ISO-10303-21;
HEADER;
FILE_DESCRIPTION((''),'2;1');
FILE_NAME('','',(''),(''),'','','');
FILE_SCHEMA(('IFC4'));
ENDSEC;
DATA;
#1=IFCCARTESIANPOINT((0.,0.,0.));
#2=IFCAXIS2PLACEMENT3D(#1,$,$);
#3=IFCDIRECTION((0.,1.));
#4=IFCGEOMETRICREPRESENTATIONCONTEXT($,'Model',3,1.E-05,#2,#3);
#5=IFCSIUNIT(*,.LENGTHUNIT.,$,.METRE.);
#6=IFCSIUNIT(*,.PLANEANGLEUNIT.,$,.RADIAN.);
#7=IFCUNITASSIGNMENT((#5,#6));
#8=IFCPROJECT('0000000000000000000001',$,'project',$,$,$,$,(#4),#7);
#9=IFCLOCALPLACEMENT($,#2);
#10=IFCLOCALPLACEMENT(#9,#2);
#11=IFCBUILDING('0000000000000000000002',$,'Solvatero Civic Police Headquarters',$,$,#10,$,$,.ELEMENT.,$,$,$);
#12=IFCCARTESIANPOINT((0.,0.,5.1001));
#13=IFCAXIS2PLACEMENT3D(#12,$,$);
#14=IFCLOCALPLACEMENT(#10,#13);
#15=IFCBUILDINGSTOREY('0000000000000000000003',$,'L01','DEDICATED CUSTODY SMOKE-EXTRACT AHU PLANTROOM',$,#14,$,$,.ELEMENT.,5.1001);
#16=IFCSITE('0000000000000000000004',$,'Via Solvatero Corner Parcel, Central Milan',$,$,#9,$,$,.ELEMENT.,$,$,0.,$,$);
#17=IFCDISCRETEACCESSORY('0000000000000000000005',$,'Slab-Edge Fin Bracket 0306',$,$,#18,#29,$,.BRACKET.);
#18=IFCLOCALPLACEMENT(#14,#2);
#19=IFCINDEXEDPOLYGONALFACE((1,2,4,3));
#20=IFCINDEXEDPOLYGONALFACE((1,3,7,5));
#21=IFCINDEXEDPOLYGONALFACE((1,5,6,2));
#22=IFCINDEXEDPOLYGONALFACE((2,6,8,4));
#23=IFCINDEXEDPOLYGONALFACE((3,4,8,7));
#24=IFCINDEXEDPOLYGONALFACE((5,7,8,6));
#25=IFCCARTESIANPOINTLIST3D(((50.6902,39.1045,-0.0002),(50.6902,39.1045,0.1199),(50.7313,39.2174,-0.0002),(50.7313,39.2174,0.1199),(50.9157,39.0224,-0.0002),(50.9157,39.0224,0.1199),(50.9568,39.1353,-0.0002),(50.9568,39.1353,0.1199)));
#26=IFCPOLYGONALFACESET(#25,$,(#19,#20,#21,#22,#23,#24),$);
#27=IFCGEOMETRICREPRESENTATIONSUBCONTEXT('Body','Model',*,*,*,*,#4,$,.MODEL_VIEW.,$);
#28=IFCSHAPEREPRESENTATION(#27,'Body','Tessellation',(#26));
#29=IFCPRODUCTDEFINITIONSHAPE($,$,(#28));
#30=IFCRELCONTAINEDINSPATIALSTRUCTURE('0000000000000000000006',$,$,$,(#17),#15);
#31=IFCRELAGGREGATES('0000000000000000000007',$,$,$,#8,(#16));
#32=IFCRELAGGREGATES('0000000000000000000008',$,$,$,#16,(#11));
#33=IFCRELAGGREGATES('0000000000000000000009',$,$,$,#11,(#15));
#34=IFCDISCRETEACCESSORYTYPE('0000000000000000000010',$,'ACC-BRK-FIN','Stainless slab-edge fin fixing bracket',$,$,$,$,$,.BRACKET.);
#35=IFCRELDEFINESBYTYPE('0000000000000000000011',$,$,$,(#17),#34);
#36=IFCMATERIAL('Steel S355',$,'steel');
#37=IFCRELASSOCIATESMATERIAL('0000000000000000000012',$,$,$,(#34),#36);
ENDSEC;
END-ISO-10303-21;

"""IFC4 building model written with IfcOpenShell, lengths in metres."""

from ifc_helpers import new_model, si_unit, direction, frame, origin, origin_2d, place, context, subcontext, project, spatial, rectangle, extrude, material, type_object, element, save


model = new_model("IFC4")

# Units and contexts
model_context = context("Model", 3, precision=1e-05, world=origin(), true_north=direction((0.0, 1.0)))
body_context = subcontext(model_context, "Body", "Model", "MODEL_VIEW")
ifc_project = project(units=[si_unit("LENGTHUNIT", "METRE"), si_unit("PLANEANGLEUNIT", "RADIAN")], contexts=[model_context])

# Site, building, storey
site_placement = place(None, origin())
site = spatial("IfcSite", under=ifc_project, at=site_placement, Name="Via Solvatero Corner Parcel, Central Milan", CompositionType="ELEMENT", RefElevation=0.0)
building_placement = place(site_placement, origin())
building = spatial("IfcBuilding", under=site, at=building_placement, Name="Solvatero Civic Police Headquarters", CompositionType="ELEMENT")
storey_placement = place(building_placement, frame((0.0, 0.0, 5.1001)))
storey = spatial("IfcBuildingStorey", under=building, at=storey_placement, Name="L01", Description="DEDICATED CUSTODY SMOKE-EXTRACT AHU PLANTROOM", CompositionType="ELEMENT", Elevation=5.1001)

# Discrete accessory
ifc_material_1 = material(Name="Steel S355", Category="steel")
discrete_accessory_type = type_object("IfcDiscreteAccessoryType", Name="ACC-BRK-FIN", Description="Stainless slab-edge fin fixing bracket", PredefinedType="BRACKET", material=ifc_material_1)
for number, where, z_axis, x_axis, name in (
    (1, (50.8235, 39.1199, -0.0002), (0.0, 0.0, 1.0), (-0.34202, -0.939693, 0.0), "Slab-Edge Fin Bracket 0306"),
):
    element("IfcDiscreteAccessory", number, at=place(storey_placement, frame(where, z_axis=z_axis, x_axis=x_axis)), inside=storey, type_object=discrete_accessory_type, Name=name, PredefinedType="BRACKET", context=body_context, shape_type="SweptSolid", body=[
        extrude(rectangle(XDim=0.1201, YDim=0.24, at=origin_2d()), origin(), (0.0, 0.0, 1.0), 0.1201),
    ])

save(model, "model.ifc")
